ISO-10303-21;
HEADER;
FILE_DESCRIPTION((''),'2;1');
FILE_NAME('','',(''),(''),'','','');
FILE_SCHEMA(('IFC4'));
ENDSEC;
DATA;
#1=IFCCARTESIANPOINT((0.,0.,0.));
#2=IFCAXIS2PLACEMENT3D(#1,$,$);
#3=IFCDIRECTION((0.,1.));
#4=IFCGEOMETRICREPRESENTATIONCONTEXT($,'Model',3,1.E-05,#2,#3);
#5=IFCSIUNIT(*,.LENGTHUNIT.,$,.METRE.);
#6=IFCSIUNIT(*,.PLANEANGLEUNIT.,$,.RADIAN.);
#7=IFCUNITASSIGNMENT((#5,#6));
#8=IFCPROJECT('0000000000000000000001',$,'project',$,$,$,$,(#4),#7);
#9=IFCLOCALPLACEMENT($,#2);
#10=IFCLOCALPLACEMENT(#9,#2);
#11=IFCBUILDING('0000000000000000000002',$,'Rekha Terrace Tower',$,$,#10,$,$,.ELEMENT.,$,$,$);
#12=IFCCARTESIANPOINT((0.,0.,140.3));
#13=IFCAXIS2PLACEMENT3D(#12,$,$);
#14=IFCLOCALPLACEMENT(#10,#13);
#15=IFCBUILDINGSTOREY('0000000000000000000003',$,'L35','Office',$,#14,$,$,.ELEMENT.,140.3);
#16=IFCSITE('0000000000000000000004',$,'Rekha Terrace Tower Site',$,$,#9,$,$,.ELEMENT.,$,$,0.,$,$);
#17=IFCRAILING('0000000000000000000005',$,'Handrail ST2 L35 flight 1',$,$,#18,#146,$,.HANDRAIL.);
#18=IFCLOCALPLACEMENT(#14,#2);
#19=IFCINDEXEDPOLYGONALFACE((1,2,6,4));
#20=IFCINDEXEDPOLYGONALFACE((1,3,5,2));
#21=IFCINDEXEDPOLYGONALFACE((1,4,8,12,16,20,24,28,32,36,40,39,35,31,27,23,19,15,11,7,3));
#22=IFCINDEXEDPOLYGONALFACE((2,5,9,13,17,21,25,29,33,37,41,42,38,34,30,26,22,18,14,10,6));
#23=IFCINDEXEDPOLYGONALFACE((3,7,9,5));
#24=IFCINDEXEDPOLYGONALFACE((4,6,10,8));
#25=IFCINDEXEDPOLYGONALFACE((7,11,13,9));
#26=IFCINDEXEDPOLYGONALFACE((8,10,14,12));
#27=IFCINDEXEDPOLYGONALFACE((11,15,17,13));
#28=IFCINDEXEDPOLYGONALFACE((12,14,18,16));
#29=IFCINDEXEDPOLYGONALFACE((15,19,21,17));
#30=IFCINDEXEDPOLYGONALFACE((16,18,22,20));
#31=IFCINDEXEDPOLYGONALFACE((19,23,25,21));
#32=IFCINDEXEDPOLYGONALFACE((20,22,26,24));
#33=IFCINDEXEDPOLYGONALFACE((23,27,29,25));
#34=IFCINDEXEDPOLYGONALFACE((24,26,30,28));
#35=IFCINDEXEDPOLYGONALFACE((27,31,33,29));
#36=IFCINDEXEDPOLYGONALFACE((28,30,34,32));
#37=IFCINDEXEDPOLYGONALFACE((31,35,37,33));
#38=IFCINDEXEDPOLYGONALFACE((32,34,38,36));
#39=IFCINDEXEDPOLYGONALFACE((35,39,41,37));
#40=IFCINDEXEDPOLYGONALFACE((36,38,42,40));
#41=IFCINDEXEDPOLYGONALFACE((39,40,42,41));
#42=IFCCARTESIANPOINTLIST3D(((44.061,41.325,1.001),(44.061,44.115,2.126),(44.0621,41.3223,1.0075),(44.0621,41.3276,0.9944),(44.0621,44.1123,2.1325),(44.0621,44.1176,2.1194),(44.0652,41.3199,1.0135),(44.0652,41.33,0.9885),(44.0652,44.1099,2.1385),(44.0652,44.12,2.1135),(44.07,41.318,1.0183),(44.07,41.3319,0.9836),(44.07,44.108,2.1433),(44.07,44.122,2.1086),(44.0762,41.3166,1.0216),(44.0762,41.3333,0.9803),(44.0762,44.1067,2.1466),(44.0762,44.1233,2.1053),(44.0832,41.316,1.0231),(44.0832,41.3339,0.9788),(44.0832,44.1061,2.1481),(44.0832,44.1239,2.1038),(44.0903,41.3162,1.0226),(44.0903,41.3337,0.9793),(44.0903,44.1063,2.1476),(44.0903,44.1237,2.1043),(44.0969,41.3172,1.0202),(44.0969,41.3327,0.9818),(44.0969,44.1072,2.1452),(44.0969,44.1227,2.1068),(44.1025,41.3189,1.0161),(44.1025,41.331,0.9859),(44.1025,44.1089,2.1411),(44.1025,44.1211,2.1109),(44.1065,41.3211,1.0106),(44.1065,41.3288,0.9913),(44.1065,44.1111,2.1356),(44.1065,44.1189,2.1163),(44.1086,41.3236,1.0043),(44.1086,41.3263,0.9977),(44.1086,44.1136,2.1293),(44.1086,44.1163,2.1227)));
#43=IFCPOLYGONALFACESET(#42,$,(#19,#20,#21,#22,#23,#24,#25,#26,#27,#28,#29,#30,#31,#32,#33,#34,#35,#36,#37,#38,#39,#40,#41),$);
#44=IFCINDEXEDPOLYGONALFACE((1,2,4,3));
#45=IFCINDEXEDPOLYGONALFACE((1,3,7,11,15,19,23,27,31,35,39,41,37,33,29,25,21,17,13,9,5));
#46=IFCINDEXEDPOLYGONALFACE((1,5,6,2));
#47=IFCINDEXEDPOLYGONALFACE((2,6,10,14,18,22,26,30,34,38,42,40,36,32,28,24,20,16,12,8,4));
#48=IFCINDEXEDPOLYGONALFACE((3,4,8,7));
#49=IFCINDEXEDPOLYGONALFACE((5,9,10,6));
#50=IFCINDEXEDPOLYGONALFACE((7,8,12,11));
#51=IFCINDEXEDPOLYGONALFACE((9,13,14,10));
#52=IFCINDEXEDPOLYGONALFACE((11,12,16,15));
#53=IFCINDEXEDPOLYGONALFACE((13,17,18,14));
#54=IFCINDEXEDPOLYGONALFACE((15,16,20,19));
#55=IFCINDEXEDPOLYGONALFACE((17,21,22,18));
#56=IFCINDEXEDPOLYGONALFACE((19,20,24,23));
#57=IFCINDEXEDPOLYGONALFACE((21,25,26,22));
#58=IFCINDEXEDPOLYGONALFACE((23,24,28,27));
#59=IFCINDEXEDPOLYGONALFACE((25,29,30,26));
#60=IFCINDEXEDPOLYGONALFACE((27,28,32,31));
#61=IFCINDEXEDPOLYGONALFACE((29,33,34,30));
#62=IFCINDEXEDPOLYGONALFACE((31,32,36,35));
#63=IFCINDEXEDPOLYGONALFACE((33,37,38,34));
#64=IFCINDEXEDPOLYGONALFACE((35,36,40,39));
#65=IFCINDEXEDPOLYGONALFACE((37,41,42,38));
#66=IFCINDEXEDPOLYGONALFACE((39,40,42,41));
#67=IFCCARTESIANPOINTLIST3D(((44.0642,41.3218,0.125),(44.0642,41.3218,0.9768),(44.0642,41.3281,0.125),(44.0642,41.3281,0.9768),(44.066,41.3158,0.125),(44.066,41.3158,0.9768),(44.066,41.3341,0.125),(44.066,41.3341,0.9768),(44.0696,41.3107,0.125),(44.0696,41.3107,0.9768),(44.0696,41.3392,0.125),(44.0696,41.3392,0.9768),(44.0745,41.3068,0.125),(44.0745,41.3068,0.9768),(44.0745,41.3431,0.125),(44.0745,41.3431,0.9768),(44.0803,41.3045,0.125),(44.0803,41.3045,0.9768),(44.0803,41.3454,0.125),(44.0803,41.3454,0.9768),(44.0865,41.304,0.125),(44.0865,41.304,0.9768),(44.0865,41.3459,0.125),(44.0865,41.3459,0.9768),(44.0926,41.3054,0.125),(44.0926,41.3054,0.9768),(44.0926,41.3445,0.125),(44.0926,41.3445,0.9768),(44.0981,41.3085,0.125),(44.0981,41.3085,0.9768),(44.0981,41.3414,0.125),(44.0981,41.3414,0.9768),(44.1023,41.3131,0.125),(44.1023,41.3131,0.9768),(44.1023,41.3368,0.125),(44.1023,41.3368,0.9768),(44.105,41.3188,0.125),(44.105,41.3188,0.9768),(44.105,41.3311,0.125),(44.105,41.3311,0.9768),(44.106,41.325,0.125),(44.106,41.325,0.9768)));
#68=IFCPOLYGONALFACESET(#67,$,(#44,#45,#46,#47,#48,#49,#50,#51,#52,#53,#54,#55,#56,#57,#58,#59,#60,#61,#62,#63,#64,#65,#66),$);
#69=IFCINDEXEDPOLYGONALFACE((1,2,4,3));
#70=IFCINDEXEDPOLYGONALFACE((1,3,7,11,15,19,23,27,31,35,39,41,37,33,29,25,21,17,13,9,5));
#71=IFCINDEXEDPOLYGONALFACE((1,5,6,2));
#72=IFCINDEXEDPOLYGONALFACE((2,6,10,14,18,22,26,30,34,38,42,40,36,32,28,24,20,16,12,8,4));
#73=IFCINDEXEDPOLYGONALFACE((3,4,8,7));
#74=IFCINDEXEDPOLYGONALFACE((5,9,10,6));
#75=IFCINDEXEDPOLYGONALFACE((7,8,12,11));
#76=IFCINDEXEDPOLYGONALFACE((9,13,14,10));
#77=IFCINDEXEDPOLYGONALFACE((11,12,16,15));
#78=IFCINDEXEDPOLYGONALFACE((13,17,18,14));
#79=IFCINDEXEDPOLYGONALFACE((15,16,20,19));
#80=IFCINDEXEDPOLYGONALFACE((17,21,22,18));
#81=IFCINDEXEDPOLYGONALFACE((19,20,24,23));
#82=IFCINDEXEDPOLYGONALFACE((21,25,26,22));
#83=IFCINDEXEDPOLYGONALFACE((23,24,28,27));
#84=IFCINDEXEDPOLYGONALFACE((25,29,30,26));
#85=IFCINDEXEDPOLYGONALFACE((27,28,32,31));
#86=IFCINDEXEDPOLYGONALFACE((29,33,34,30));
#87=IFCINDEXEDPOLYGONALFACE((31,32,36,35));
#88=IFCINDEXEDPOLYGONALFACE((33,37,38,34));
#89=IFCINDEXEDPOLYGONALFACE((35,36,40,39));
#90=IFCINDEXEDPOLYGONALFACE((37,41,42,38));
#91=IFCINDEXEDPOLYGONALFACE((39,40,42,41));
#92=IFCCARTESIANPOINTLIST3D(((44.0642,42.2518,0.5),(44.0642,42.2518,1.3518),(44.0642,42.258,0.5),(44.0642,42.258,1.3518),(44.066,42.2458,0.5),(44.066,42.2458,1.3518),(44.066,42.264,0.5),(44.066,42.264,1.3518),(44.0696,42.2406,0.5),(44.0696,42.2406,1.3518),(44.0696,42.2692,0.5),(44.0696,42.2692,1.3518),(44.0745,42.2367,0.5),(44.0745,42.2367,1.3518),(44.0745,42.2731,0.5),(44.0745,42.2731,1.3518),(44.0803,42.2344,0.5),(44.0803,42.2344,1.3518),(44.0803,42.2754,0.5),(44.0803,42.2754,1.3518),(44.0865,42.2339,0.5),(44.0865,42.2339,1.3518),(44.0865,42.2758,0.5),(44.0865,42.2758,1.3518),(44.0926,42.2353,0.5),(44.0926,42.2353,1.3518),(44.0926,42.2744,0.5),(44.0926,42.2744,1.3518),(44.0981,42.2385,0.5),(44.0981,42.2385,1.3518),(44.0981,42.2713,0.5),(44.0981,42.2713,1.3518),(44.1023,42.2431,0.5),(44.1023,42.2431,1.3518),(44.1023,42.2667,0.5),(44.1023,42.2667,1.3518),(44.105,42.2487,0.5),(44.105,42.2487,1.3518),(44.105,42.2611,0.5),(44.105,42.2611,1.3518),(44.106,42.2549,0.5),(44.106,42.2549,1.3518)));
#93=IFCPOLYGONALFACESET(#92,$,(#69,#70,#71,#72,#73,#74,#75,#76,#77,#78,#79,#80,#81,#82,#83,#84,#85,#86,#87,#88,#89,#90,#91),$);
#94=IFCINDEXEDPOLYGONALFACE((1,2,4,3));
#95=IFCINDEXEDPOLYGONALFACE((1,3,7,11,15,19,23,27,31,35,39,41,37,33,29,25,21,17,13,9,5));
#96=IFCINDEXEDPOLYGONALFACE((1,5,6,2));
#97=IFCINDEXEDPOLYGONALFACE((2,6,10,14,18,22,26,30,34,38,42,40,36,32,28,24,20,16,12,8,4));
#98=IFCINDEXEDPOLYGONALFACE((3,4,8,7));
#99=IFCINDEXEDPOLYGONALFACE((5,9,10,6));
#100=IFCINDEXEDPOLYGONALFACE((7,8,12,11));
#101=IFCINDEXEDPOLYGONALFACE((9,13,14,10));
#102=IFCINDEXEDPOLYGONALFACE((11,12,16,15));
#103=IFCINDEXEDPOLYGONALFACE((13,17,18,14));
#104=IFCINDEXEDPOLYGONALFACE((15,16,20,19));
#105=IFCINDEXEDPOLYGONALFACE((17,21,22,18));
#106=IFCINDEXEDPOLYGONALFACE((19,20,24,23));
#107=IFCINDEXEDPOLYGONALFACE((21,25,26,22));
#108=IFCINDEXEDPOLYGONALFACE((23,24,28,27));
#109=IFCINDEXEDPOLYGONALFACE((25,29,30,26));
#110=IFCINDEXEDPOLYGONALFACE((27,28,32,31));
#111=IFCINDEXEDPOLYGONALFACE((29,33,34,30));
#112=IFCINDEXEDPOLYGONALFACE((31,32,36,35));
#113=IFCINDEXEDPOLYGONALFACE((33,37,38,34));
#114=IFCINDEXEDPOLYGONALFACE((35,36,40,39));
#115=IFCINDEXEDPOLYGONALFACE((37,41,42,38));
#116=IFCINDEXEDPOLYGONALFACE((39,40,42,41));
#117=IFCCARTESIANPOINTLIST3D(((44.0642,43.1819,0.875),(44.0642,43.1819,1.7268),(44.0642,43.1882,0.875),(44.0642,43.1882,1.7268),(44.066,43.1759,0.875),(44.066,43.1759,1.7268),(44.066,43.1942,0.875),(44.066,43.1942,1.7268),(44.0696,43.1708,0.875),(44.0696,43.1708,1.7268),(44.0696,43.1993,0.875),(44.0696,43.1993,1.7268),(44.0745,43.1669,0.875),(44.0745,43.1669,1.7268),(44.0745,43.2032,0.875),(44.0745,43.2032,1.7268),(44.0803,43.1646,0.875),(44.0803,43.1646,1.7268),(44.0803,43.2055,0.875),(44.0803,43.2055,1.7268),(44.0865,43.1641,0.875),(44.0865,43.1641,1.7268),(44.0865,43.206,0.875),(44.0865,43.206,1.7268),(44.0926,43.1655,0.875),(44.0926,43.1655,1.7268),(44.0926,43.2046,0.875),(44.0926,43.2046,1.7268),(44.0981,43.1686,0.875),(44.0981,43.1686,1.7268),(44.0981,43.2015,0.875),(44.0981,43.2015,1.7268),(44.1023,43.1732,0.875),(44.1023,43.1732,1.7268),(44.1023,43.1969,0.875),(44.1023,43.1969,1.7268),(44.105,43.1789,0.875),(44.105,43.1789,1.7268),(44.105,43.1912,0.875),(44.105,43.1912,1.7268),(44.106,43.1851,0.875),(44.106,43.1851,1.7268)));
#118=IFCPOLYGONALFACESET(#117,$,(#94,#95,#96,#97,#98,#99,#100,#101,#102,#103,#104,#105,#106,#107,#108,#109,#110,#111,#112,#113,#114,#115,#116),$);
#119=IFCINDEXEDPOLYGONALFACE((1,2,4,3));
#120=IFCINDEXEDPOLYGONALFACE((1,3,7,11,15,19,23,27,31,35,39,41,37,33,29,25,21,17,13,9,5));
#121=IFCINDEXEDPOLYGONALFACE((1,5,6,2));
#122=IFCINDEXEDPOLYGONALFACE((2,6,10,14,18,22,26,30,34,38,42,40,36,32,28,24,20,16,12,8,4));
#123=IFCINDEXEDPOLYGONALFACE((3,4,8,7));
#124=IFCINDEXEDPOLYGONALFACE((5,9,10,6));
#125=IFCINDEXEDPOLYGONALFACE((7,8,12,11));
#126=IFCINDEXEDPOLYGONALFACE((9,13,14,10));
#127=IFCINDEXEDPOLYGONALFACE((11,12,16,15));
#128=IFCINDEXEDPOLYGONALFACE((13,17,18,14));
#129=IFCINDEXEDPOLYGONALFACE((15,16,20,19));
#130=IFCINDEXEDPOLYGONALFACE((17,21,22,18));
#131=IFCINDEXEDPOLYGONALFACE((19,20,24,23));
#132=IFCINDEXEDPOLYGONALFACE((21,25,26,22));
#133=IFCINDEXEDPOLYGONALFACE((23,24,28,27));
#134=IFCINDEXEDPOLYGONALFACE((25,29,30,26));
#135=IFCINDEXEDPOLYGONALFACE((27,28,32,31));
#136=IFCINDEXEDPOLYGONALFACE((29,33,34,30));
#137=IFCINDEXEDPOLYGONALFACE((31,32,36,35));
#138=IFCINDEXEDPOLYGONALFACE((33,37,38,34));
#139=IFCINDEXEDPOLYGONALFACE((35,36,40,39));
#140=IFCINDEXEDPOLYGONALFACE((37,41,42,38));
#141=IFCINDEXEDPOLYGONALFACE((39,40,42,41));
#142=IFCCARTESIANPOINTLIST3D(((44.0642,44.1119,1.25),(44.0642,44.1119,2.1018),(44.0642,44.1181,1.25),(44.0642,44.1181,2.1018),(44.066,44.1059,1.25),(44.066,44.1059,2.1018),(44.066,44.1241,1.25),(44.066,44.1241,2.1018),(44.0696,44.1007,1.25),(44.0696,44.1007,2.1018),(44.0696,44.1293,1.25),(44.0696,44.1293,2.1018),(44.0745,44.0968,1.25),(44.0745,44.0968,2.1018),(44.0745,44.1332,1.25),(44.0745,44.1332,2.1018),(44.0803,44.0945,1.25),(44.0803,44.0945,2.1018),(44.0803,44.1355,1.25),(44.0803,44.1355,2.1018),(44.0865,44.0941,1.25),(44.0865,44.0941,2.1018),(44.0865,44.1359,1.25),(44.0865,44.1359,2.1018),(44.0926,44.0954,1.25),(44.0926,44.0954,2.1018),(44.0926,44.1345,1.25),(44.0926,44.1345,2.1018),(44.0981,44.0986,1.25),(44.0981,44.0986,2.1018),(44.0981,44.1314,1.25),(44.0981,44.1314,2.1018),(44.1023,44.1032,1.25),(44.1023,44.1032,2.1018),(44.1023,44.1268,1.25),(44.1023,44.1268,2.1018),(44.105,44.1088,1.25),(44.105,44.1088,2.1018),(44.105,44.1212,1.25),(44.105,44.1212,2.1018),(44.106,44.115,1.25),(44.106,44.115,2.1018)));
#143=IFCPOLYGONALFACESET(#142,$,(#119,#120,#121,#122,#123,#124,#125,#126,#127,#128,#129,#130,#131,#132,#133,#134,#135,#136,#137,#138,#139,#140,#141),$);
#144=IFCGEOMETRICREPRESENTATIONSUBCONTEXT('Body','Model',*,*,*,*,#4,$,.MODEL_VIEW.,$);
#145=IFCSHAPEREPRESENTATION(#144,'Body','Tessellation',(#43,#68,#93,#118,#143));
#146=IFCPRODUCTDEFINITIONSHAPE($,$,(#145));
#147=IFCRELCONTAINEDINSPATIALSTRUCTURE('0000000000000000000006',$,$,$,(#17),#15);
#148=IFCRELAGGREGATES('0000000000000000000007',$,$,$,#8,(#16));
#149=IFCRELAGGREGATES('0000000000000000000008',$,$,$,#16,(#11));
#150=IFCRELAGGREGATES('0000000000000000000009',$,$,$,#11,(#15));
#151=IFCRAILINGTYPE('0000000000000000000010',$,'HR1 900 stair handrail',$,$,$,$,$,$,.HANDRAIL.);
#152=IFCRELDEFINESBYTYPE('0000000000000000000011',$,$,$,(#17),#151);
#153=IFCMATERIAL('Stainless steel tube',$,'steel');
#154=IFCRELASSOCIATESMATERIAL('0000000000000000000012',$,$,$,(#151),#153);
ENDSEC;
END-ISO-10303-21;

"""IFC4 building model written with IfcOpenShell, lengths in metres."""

from ifc_helpers import new_model, si_unit, direction, frame, origin, origin_2d, place, context, subcontext, project, spatial, circle, extrude, material, type_object, element, save


model = new_model("IFC4")

# Units and contexts
model_context = context("Model", 3, precision=1e-05, world=origin(), true_north=direction((0.0, 1.0)))
body_context = subcontext(model_context, "Body", "Model", "MODEL_VIEW")
ifc_project = project(units=[si_unit("LENGTHUNIT", "METRE"), si_unit("PLANEANGLEUNIT", "RADIAN")], contexts=[model_context])

# Site, building, storey
site_placement = place(None, origin())
site = spatial("IfcSite", under=ifc_project, at=site_placement, Name="Rekha Terrace Tower Site", CompositionType="ELEMENT", RefElevation=0.0)
building_placement = place(site_placement, origin())
building = spatial("IfcBuilding", under=site, at=building_placement, Name="Rekha Terrace Tower", CompositionType="ELEMENT")
storey_placement = place(building_placement, frame((0.0, 0.0, 140.3)))
storey = spatial("IfcBuildingStorey", under=building, at=storey_placement, Name="L35", Description="Office", CompositionType="ELEMENT", Elevation=140.3)

# Railing
ifc_material_1 = material(Name="Stainless steel tube", Category="steel")
railing_type_1 = type_object("IfcRailingType", Name="HR1 900 stair handrail", PredefinedType="HANDRAIL", material=ifc_material_1)
railing_1_placement = place(storey_placement, frame((44.085, 41.325, 0.125)))
element("IfcRailing", 1, at=railing_1_placement, inside=storey, type_object=railing_type_1, Name="Handrail ST2 L35 flight 1", PredefinedType="HANDRAIL", context=body_context, shape_type="SweptSolid", body=[
    extrude(circle(Radius=0.0239, at=origin_2d()), frame((0.0, 0.0, 0.876), z_axis=(0.0, 0.927443, 0.373964), x_axis=(-1.0, 0.0, 0.0)), (0.0, 0.0, 1.0), 3.0083),
    extrude(circle(Radius=0.021, at=origin_2d()), origin(), (0.0, 0.0, 1.0), 0.8518),
    extrude(circle(Radius=0.021, at=origin_2d()), frame((0.0, 0.9299, 0.375)), (0.0, 0.0, 1.0), 0.8518),
    extrude(circle(Radius=0.021, at=origin_2d()), frame((0.0, 1.8601, 0.75)), (0.0, 0.0, 1.0), 0.8518),
    extrude(circle(Radius=0.021, at=origin_2d()), frame((0.0, 2.79, 1.125)), (0.0, 0.0, 1.0), 0.8518),
])

save(model, "model.ifc")
